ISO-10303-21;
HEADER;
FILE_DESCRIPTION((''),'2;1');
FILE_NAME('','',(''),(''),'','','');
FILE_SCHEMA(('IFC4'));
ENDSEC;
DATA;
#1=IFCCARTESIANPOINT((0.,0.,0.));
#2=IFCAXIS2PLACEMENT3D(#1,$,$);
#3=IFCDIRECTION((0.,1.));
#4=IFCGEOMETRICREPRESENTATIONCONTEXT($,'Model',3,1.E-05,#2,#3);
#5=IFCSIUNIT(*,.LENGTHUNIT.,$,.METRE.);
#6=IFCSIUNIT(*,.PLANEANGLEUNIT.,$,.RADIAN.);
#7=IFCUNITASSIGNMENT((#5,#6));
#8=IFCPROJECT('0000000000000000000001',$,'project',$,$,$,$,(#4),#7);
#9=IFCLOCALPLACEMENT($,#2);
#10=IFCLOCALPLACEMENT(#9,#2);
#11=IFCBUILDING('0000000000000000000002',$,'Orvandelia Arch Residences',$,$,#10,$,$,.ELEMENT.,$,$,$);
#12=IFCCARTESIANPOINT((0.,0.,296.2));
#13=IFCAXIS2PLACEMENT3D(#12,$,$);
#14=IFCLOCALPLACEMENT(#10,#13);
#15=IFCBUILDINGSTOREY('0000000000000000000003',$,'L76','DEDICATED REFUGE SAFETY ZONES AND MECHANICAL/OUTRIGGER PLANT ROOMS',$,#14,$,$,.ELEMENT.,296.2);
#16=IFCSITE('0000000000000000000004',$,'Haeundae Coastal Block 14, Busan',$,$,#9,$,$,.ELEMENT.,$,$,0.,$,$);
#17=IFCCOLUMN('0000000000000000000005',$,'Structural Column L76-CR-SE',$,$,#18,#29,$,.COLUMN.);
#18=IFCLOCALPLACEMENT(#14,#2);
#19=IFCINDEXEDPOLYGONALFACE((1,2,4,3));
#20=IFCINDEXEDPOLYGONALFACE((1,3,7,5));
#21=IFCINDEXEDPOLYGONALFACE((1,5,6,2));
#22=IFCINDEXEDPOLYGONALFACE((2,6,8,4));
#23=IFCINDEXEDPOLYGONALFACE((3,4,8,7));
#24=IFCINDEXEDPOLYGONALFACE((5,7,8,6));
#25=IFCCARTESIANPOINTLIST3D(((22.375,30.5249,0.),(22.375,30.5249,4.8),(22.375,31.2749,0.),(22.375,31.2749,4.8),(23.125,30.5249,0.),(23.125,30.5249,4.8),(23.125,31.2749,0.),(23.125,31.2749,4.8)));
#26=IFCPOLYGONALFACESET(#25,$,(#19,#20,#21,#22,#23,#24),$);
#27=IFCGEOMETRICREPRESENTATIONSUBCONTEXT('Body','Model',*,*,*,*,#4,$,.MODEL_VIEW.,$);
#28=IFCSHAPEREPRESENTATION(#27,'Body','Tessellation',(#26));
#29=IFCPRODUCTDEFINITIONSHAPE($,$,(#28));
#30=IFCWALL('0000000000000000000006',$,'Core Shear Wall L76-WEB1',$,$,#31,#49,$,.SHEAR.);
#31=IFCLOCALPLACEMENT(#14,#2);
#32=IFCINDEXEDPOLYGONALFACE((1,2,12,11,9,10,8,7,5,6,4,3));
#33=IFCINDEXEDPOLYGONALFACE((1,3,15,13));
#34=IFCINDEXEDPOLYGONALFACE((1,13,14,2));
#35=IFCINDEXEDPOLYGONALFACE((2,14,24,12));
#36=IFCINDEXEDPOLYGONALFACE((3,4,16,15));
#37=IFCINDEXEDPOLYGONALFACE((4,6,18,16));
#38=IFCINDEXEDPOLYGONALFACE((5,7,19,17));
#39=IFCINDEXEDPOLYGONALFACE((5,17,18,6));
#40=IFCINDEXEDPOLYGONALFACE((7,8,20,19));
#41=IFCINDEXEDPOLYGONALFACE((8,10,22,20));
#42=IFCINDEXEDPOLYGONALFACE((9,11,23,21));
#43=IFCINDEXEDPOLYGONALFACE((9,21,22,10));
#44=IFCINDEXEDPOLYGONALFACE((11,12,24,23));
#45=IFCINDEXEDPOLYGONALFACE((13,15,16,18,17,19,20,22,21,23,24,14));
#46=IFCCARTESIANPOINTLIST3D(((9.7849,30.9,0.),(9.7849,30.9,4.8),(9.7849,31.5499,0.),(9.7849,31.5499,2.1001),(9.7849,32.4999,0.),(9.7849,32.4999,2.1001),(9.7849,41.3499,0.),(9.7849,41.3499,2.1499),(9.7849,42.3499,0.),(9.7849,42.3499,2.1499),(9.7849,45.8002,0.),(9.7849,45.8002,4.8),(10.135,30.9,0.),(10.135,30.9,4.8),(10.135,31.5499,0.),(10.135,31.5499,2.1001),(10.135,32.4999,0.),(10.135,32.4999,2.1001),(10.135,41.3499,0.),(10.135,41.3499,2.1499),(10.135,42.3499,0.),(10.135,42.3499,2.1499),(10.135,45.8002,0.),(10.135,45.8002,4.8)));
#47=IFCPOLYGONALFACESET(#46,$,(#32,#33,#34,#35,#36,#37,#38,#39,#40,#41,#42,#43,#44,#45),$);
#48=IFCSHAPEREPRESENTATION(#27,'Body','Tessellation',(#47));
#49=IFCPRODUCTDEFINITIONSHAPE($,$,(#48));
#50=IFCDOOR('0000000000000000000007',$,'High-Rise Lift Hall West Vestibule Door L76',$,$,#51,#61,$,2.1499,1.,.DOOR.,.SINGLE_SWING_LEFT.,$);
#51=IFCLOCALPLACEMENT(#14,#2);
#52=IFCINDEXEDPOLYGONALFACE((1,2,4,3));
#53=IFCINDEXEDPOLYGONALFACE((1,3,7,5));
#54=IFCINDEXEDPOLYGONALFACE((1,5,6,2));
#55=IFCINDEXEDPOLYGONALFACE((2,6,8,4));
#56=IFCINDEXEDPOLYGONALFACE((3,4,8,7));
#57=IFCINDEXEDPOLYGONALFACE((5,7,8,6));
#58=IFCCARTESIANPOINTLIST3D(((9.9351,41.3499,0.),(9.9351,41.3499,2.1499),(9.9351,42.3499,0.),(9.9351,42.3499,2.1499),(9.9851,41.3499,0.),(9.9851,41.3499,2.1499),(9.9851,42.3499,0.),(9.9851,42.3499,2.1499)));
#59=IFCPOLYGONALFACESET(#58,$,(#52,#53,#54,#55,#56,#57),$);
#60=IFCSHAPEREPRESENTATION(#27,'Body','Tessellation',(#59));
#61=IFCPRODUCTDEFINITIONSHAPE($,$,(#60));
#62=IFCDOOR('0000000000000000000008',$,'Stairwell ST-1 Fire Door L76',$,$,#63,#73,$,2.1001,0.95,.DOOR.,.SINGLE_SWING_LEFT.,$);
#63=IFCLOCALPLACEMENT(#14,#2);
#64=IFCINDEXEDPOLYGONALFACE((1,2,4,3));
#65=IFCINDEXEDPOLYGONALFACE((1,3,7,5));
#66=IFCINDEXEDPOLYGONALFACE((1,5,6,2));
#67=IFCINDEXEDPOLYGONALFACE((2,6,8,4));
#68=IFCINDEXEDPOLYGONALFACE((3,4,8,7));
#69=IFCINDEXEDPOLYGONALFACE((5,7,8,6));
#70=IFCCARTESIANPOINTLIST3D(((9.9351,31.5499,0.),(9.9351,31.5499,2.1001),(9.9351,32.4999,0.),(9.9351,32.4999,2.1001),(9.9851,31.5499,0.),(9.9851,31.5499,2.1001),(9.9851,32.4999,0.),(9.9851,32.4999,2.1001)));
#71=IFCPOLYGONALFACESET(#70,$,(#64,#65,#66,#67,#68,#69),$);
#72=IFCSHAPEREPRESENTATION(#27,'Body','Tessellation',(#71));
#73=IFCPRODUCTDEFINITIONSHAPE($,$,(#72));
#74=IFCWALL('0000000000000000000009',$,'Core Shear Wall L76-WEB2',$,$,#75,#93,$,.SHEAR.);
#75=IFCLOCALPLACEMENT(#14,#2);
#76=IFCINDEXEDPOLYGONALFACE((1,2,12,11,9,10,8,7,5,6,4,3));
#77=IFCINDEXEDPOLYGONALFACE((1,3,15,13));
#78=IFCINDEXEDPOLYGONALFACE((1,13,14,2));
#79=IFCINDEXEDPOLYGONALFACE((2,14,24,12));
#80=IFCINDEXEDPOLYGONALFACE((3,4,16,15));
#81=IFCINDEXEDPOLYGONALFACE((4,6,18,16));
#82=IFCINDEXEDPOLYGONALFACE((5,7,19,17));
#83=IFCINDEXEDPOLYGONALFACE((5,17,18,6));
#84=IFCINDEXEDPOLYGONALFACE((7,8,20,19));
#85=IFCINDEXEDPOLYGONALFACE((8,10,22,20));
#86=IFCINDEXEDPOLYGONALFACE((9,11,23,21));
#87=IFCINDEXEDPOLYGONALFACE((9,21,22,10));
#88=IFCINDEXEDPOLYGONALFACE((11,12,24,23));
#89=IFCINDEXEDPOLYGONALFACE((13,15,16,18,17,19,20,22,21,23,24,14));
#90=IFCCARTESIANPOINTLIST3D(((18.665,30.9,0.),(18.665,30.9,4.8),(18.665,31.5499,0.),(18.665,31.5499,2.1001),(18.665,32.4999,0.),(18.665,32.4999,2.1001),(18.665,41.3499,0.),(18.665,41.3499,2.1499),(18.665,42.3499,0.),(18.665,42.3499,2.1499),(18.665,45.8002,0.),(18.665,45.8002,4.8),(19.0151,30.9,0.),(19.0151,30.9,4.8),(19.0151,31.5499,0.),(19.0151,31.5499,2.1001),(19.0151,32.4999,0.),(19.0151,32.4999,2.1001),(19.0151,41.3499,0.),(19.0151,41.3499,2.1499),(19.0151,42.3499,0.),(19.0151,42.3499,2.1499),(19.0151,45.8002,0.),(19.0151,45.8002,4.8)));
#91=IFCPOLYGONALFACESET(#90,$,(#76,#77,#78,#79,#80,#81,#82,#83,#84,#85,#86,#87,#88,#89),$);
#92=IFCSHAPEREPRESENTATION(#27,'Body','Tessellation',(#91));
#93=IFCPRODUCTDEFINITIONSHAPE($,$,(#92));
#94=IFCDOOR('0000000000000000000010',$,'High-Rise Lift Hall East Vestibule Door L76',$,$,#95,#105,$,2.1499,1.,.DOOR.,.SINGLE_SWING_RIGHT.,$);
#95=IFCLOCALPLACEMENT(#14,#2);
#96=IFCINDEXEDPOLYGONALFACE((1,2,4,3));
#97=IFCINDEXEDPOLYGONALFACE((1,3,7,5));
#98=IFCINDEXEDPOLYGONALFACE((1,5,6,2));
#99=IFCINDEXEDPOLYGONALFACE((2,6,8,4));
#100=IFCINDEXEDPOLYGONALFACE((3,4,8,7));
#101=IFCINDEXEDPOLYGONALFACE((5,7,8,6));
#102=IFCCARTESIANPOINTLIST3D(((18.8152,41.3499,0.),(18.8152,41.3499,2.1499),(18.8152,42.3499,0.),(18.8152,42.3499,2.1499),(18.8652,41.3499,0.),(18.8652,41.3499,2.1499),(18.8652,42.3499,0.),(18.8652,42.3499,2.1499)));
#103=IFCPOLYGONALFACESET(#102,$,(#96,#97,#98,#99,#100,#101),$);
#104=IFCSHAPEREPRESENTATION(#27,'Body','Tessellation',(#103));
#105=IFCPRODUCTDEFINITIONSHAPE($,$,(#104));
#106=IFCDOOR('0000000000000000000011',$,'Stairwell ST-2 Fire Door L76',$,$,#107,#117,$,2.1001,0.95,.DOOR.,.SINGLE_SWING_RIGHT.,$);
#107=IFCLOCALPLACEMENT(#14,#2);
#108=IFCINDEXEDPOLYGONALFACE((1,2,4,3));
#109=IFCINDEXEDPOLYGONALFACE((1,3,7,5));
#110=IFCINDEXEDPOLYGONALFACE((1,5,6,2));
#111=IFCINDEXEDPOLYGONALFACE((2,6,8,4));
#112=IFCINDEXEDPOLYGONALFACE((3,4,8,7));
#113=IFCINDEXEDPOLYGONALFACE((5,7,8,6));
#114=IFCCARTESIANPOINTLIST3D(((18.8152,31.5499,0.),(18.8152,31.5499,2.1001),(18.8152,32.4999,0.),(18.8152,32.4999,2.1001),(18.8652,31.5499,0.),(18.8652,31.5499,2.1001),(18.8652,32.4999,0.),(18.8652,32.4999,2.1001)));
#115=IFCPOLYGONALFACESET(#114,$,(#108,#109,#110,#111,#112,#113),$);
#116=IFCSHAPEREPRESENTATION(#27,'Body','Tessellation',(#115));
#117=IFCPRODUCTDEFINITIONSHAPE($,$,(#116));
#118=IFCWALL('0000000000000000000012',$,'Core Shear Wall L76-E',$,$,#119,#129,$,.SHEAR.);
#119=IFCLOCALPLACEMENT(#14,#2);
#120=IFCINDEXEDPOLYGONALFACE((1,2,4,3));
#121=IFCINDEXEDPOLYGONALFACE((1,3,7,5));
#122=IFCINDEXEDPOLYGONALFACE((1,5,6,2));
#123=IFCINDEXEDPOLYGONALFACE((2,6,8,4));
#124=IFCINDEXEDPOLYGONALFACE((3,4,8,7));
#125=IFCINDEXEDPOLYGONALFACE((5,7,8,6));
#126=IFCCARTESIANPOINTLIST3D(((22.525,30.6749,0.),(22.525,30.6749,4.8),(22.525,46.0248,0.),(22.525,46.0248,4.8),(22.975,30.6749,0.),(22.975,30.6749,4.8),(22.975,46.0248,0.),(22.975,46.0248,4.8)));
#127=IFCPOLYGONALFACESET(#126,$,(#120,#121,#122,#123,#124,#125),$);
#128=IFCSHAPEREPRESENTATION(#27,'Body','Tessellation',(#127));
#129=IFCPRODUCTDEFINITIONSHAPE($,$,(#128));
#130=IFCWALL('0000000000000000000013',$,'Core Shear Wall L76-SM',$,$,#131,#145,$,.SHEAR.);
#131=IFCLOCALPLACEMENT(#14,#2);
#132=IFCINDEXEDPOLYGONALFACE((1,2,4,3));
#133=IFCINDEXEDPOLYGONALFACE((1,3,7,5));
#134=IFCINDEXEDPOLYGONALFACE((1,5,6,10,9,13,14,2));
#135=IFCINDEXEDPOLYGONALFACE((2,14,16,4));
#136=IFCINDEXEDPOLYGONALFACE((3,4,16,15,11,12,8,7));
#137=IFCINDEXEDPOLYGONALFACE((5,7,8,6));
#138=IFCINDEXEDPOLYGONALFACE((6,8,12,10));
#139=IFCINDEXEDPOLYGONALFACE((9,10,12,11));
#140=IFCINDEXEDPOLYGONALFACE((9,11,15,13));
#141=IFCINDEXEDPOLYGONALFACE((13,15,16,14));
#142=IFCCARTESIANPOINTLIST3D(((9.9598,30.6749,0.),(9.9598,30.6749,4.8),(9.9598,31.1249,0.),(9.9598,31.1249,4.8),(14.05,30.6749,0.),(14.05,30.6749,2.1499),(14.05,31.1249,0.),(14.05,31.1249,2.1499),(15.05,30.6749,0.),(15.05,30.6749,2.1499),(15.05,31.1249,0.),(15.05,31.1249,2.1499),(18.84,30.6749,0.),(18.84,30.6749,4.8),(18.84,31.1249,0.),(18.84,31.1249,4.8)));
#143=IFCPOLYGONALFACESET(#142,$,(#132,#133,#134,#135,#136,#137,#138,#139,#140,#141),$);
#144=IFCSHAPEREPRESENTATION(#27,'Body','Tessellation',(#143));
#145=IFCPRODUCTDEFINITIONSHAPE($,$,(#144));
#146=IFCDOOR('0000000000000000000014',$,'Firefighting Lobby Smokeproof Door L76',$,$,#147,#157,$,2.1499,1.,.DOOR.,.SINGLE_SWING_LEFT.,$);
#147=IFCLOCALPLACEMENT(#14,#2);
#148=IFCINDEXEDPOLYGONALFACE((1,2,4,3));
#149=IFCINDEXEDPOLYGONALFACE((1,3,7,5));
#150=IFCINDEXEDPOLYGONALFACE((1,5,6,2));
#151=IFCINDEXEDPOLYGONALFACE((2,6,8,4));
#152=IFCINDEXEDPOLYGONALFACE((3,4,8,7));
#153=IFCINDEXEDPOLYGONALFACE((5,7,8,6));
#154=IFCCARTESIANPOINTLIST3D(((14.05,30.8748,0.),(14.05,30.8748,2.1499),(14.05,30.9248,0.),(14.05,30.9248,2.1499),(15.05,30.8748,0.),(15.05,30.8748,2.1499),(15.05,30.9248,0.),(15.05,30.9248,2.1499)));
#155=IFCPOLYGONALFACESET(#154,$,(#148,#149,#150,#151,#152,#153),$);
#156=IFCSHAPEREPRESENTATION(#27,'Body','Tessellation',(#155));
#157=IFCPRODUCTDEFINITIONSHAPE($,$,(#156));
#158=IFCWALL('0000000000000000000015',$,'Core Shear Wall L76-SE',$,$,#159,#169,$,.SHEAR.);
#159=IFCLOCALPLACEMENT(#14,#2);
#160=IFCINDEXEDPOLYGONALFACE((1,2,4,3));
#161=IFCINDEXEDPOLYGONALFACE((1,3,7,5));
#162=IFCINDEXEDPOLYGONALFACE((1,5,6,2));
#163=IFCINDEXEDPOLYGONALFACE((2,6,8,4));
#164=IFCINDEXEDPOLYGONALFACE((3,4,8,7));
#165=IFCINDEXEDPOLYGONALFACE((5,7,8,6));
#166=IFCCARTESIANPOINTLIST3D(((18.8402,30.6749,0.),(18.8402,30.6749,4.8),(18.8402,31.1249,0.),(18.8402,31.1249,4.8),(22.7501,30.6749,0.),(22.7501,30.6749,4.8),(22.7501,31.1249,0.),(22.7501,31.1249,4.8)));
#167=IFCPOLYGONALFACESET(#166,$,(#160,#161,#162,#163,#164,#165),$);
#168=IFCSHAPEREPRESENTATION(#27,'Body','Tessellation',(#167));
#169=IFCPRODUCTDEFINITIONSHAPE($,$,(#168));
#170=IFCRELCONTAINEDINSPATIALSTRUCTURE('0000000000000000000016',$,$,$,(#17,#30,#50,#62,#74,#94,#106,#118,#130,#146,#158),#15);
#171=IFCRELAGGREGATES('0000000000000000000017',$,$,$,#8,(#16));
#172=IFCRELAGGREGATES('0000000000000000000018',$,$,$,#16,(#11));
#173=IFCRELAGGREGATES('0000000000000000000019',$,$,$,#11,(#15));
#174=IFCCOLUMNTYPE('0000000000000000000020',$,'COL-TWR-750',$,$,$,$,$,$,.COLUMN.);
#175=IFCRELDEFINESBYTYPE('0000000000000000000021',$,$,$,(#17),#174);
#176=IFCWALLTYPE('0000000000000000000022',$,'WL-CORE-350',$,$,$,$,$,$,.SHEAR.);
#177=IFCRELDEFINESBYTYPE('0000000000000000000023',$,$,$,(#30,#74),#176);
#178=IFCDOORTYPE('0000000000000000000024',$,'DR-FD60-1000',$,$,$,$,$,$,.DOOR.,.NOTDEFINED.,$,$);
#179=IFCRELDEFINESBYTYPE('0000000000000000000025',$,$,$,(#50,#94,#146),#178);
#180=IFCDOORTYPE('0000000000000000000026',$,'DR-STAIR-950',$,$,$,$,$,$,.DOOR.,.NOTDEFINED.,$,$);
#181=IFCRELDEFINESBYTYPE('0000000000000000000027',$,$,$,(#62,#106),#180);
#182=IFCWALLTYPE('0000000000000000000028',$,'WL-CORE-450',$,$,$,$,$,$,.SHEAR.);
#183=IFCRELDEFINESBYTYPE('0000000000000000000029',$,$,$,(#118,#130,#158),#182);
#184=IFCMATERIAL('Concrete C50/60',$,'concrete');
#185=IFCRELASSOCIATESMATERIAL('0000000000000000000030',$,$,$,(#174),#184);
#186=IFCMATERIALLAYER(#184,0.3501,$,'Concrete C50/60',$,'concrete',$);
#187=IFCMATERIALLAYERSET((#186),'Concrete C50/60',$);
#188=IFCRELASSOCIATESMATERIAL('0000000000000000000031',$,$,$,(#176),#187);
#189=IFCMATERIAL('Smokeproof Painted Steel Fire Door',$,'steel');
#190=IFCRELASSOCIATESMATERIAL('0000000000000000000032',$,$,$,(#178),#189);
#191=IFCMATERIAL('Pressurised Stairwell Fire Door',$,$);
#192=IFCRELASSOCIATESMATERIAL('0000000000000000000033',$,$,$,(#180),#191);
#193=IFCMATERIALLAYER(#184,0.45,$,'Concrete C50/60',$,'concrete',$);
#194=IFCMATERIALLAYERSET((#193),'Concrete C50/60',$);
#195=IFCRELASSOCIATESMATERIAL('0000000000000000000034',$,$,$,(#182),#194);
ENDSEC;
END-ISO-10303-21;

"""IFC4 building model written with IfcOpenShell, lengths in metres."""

from ifc_helpers import new_model, si_unit, direction, frame, frame_2d, origin, origin_2d, place, context, subcontext, project, spatial, rectangle, extrude, material, layer, layer_set, material_profile, profile_set, type_object, element, fill, save


model = new_model("IFC4")

# Units and contexts
model_context = context("Model", 3, precision=1e-05, world=origin(), true_north=direction((0.0, 1.0)))
body_context = subcontext(model_context, "Body", "Model", "MODEL_VIEW")
ifc_project = project(units=[si_unit("LENGTHUNIT", "METRE"), si_unit("PLANEANGLEUNIT", "RADIAN")], contexts=[model_context])

# Site, building, storey
site_placement = place(None, origin())
site = spatial("IfcSite", under=ifc_project, at=site_placement, Name="Haeundae Coastal Block 14, Busan", CompositionType="ELEMENT", RefElevation=0.0)
building_placement = place(site_placement, origin())
building = spatial("IfcBuilding", under=site, at=building_placement, Name="Orvandelia Arch Residences", CompositionType="ELEMENT")
storey_placement = place(building_placement, frame((0.0, 0.0, 296.2)))
storey = spatial("IfcBuildingStorey", under=building, at=storey_placement, Name="L76", Description="DEDICATED REFUGE SAFETY ZONES AND MECHANICAL/OUTRIGGER PLANT ROOMS", CompositionType="ELEMENT", Elevation=296.2)

# Column
ifc_material_1 = material(Name="Concrete C50/60", Category="concrete")
ifc_material_profile = material_profile(ifc_material_1, rectangle(XDim=0.75, YDim=0.75, at=origin_2d()), Name="Concrete C50/60", Category="concrete")
ifc_profile_set = profile_set([ifc_material_profile], Name="Concrete C50/60")
column_type = type_object("IfcColumnType", Name="COL-TWR-750", PredefinedType="COLUMN", material=ifc_profile_set)
column_placement = place(storey_placement, frame((22.75, 30.8999, 0.0), z_axis=(0.0, 0.0, 1.0), x_axis=(1.0, 0.0, 0.0)))
element("IfcColumn", 1, at=column_placement, inside=storey, type_object=column_type, Name="Structural Column L76-CR-SE", PredefinedType="COLUMN", context=body_context, shape_type="SweptSolid", body=[
    extrude(rectangle(XDim=0.75, YDim=0.75, at=origin_2d()), origin(), (0.0, 0.0, 1.0), 4.8),
])

# Walls, openings, doors
ifc_layer_1 = layer(ifc_material_1, 0.3501, Name="Concrete C50/60", Category="concrete")
ifc_layer_set_1 = layer_set([ifc_layer_1], Name="Concrete C50/60")
wall_type_1 = type_object("IfcWallType", Name="WL-CORE-350", PredefinedType="SHEAR", material=ifc_layer_set_1)
wall_1_placement = place(storey_placement, frame((9.96, 30.8999, 0.0), z_axis=(0.0, 0.0, 1.0), x_axis=(0.0, 1.0, 0.0)))
wall_1 = element("IfcWall", 2, at=wall_1_placement, inside=storey, type_object=wall_type_1, Name="Core Shear Wall L76-WEB1", PredefinedType="SHEAR", context=body_context, shape_type="SweptSolid", body=[
    extrude(rectangle(XDim=14.9001, YDim=0.3501, at=frame_2d((7.4502, 0.0))), origin(), (0.0, 0.0, 1.0), 4.8),
])
opening_1_placement = place(wall_1_placement, frame((0.6499, 0.0, 0.0)))
opening_1 = element("IfcOpeningElement", 3, at=opening_1_placement, cuts=wall_1, PredefinedType="OPENING", context=body_context, shape_type="SweptSolid", body=[
    extrude(rectangle(XDim=0.95, YDim=2.1001, at=frame_2d((0.4751, 1.05))), frame((0.0, 0.1851, 0.0), z_axis=(0.0, -1.0, 0.0), x_axis=(1.0, 0.0, 0.0)), (0.0, 0.0, 1.0), 0.3701),
])
opening_2_placement = place(wall_1_placement, frame((10.45, 0.0, 0.0)))
opening_2 = element("IfcOpeningElement", 4, at=opening_2_placement, cuts=wall_1, PredefinedType="OPENING", context=body_context, shape_type="SweptSolid", body=[
    extrude(rectangle(XDim=1.0, YDim=2.1499, at=frame_2d((0.5, 1.075))), frame((0.0, 0.1851, 0.0), z_axis=(0.0, -1.0, 0.0), x_axis=(1.0, 0.0, 0.0)), (0.0, 0.0, 1.0), 0.3701),
])
ifc_material_2 = material(Name="Smokeproof Painted Steel Fire Door", Category="steel")
door_type_1 = type_object("IfcDoorType", Name="DR-FD60-1000", OperationType="NOTDEFINED", PredefinedType="DOOR", material=ifc_material_2)
door_1_placement = place(opening_2_placement, origin())
door_1 = element("IfcDoor", 5, at=door_1_placement, inside=storey, type_object=door_type_1, Name="High-Rise Lift Hall West Vestibule Door L76", OperationType="SINGLE_SWING_LEFT", OverallHeight=2.1499, OverallWidth=1.0, PredefinedType="DOOR", context=body_context, shape_type="SweptSolid", body=[
    extrude(rectangle(XDim=1.0, YDim=2.1499, at=frame_2d((0.5, 1.075))), frame((0.0, 0.0249, 0.0), z_axis=(0.0, -1.0, 0.0), x_axis=(1.0, 0.0, 0.0)), (0.0, 0.0, 1.0), 0.05),
])
fill(opening_2, door_1)
ifc_material_3 = material(Name="Pressurised Stairwell Fire Door")
door_type_2 = type_object("IfcDoorType", Name="DR-STAIR-950", OperationType="NOTDEFINED", PredefinedType="DOOR", material=ifc_material_3)
door_2_placement = place(opening_1_placement, origin())
door_2 = element("IfcDoor", 6, at=door_2_placement, inside=storey, type_object=door_type_2, Name="Stairwell ST-1 Fire Door L76", OperationType="SINGLE_SWING_LEFT", OverallHeight=2.1001, OverallWidth=0.95, PredefinedType="DOOR", context=body_context, shape_type="SweptSolid", body=[
    extrude(rectangle(XDim=0.95, YDim=2.1001, at=frame_2d((0.4751, 1.05))), frame((0.0, 0.0249, 0.0), z_axis=(0.0, -1.0, 0.0), x_axis=(1.0, 0.0, 0.0)), (0.0, 0.0, 1.0), 0.05),
])
fill(opening_1, door_2)
wall_2_placement = place(storey_placement, frame((18.8401, 30.8999, 0.0), z_axis=(0.0, 0.0, 1.0), x_axis=(0.0, 1.0, 0.0)))
wall_2 = element("IfcWall", 7, at=wall_2_placement, inside=storey, type_object=wall_type_1, Name="Core Shear Wall L76-WEB2", PredefinedType="SHEAR", context=body_context, shape_type="SweptSolid", body=[
    extrude(rectangle(XDim=14.9001, YDim=0.3501, at=frame_2d((7.4502, 0.0))), origin(), (0.0, 0.0, 1.0), 4.8),
])
opening_3_placement = place(wall_2_placement, frame((0.6499, 0.0, 0.0)))
opening_3 = element("IfcOpeningElement", 8, at=opening_3_placement, cuts=wall_2, PredefinedType="OPENING", context=body_context, shape_type="SweptSolid", body=[
    extrude(rectangle(XDim=0.95, YDim=2.1001, at=frame_2d((0.4751, 1.05))), frame((0.0, 0.1851, 0.0), z_axis=(0.0, -1.0, 0.0), x_axis=(1.0, 0.0, 0.0)), (0.0, 0.0, 1.0), 0.3701),
])
opening_4_placement = place(wall_2_placement, frame((10.45, 0.0, 0.0)))
opening_4 = element("IfcOpeningElement", 9, at=opening_4_placement, cuts=wall_2, PredefinedType="OPENING", context=body_context, shape_type="SweptSolid", body=[
    extrude(rectangle(XDim=1.0, YDim=2.1499, at=frame_2d((0.5, 1.075))), frame((0.0, 0.1851, 0.0), z_axis=(0.0, -1.0, 0.0), x_axis=(1.0, 0.0, 0.0)), (0.0, 0.0, 1.0), 0.3701),
])
door_3_placement = place(opening_4_placement, origin())
door_3 = element("IfcDoor", 10, at=door_3_placement, inside=storey, type_object=door_type_1, Name="High-Rise Lift Hall East Vestibule Door L76", OperationType="SINGLE_SWING_RIGHT", OverallHeight=2.1499, OverallWidth=1.0, PredefinedType="DOOR", context=body_context, shape_type="SweptSolid", body=[
    extrude(rectangle(XDim=1.0, YDim=2.1499, at=frame_2d((0.5, 1.075))), frame((0.0, 0.0249, 0.0), z_axis=(0.0, -1.0, 0.0), x_axis=(1.0, 0.0, 0.0)), (0.0, 0.0, 1.0), 0.05),
])
fill(opening_4, door_3)
door_4_placement = place(opening_3_placement, origin())
door_4 = element("IfcDoor", 11, at=door_4_placement, inside=storey, type_object=door_type_2, Name="Stairwell ST-2 Fire Door L76", OperationType="SINGLE_SWING_RIGHT", OverallHeight=2.1001, OverallWidth=0.95, PredefinedType="DOOR", context=body_context, shape_type="SweptSolid", body=[
    extrude(rectangle(XDim=0.95, YDim=2.1001, at=frame_2d((0.4751, 1.05))), frame((0.0, 0.0249, 0.0), z_axis=(0.0, -1.0, 0.0), x_axis=(1.0, 0.0, 0.0)), (0.0, 0.0, 1.0), 0.05),
])
fill(opening_3, door_4)

# Wall
ifc_layer_2 = layer(ifc_material_1, 0.45, Name="Concrete C50/60", Category="concrete")
ifc_layer_set_2 = layer_set([ifc_layer_2], Name="Concrete C50/60")
wall_type_2 = type_object("IfcWallType", Name="WL-CORE-450", PredefinedType="SHEAR", material=ifc_layer_set_2)
wall_3_placement = place(storey_placement, frame((22.75, 30.675, 0.0), z_axis=(0.0, 0.0, 1.0), x_axis=(0.0, 1.0, 0.0)))
element("IfcWall", 12, at=wall_3_placement, inside=storey, type_object=wall_type_2, Name="Core Shear Wall L76-E", PredefinedType="SHEAR", context=body_context, shape_type="SweptSolid", body=[
    extrude(rectangle(XDim=15.3499, YDim=0.45, at=frame_2d((7.6748, 0.0))), origin(), (0.0, 0.0, 1.0), 4.8),
])

# Wall, opening, door
wall_4_placement = place(storey_placement, frame((9.96, 30.8999, 0.0), z_axis=(0.0, 0.0, 1.0), x_axis=(1.0, 0.0, 0.0)))
wall_4 = element("IfcWall", 13, at=wall_4_placement, inside=storey, type_object=wall_type_2, Name="Core Shear Wall L76-SM", PredefinedType="SHEAR", context=body_context, shape_type="SweptSolid", body=[
    extrude(rectangle(XDim=8.8801, YDim=0.45, at=frame_2d((4.4399, 0.0))), origin(), (0.0, 0.0, 1.0), 4.8),
])
opening_5_placement = place(wall_4_placement, frame((4.0901, 0.0, 0.0)))
opening_5 = element("IfcOpeningElement", 14, at=opening_5_placement, cuts=wall_4, PredefinedType="OPENING", context=body_context, shape_type="SweptSolid", body=[
    extrude(rectangle(XDim=1.0, YDim=2.1499, at=frame_2d((0.5, 1.075))), frame((0.0, 0.2349, 0.0), z_axis=(0.0, -1.0, 0.0), x_axis=(1.0, 0.0, 0.0)), (0.0, 0.0, 1.0), 0.47),
])
door_5_placement = place(opening_5_placement, origin())
door_5 = element("IfcDoor", 15, at=door_5_placement, inside=storey, type_object=door_type_1, Name="Firefighting Lobby Smokeproof Door L76", OperationType="SINGLE_SWING_LEFT", OverallHeight=2.1499, OverallWidth=1.0, PredefinedType="DOOR", context=body_context, shape_type="SweptSolid", body=[
    extrude(rectangle(XDim=1.0, YDim=2.1499, at=frame_2d((0.5, 1.075))), frame((0.0, 0.0249, 0.0), z_axis=(0.0, -1.0, 0.0), x_axis=(1.0, 0.0, 0.0)), (0.0, 0.0, 1.0), 0.05),
])
fill(opening_5, door_5)

# Wall
wall_5_placement = place(storey_placement, frame((18.8401, 30.8999, 0.0), z_axis=(0.0, 0.0, 1.0), x_axis=(1.0, 0.0, 0.0)))
element("IfcWall", 16, at=wall_5_placement, inside=storey, type_object=wall_type_2, Name="Core Shear Wall L76-SE", PredefinedType="SHEAR", context=body_context, shape_type="SweptSolid", body=[
    extrude(rectangle(XDim=3.9099, YDim=0.45, at=frame_2d((1.9551, 0.0))), origin(), (0.0, 0.0, 1.0), 4.8),
])

save(model, "model.ifc")
